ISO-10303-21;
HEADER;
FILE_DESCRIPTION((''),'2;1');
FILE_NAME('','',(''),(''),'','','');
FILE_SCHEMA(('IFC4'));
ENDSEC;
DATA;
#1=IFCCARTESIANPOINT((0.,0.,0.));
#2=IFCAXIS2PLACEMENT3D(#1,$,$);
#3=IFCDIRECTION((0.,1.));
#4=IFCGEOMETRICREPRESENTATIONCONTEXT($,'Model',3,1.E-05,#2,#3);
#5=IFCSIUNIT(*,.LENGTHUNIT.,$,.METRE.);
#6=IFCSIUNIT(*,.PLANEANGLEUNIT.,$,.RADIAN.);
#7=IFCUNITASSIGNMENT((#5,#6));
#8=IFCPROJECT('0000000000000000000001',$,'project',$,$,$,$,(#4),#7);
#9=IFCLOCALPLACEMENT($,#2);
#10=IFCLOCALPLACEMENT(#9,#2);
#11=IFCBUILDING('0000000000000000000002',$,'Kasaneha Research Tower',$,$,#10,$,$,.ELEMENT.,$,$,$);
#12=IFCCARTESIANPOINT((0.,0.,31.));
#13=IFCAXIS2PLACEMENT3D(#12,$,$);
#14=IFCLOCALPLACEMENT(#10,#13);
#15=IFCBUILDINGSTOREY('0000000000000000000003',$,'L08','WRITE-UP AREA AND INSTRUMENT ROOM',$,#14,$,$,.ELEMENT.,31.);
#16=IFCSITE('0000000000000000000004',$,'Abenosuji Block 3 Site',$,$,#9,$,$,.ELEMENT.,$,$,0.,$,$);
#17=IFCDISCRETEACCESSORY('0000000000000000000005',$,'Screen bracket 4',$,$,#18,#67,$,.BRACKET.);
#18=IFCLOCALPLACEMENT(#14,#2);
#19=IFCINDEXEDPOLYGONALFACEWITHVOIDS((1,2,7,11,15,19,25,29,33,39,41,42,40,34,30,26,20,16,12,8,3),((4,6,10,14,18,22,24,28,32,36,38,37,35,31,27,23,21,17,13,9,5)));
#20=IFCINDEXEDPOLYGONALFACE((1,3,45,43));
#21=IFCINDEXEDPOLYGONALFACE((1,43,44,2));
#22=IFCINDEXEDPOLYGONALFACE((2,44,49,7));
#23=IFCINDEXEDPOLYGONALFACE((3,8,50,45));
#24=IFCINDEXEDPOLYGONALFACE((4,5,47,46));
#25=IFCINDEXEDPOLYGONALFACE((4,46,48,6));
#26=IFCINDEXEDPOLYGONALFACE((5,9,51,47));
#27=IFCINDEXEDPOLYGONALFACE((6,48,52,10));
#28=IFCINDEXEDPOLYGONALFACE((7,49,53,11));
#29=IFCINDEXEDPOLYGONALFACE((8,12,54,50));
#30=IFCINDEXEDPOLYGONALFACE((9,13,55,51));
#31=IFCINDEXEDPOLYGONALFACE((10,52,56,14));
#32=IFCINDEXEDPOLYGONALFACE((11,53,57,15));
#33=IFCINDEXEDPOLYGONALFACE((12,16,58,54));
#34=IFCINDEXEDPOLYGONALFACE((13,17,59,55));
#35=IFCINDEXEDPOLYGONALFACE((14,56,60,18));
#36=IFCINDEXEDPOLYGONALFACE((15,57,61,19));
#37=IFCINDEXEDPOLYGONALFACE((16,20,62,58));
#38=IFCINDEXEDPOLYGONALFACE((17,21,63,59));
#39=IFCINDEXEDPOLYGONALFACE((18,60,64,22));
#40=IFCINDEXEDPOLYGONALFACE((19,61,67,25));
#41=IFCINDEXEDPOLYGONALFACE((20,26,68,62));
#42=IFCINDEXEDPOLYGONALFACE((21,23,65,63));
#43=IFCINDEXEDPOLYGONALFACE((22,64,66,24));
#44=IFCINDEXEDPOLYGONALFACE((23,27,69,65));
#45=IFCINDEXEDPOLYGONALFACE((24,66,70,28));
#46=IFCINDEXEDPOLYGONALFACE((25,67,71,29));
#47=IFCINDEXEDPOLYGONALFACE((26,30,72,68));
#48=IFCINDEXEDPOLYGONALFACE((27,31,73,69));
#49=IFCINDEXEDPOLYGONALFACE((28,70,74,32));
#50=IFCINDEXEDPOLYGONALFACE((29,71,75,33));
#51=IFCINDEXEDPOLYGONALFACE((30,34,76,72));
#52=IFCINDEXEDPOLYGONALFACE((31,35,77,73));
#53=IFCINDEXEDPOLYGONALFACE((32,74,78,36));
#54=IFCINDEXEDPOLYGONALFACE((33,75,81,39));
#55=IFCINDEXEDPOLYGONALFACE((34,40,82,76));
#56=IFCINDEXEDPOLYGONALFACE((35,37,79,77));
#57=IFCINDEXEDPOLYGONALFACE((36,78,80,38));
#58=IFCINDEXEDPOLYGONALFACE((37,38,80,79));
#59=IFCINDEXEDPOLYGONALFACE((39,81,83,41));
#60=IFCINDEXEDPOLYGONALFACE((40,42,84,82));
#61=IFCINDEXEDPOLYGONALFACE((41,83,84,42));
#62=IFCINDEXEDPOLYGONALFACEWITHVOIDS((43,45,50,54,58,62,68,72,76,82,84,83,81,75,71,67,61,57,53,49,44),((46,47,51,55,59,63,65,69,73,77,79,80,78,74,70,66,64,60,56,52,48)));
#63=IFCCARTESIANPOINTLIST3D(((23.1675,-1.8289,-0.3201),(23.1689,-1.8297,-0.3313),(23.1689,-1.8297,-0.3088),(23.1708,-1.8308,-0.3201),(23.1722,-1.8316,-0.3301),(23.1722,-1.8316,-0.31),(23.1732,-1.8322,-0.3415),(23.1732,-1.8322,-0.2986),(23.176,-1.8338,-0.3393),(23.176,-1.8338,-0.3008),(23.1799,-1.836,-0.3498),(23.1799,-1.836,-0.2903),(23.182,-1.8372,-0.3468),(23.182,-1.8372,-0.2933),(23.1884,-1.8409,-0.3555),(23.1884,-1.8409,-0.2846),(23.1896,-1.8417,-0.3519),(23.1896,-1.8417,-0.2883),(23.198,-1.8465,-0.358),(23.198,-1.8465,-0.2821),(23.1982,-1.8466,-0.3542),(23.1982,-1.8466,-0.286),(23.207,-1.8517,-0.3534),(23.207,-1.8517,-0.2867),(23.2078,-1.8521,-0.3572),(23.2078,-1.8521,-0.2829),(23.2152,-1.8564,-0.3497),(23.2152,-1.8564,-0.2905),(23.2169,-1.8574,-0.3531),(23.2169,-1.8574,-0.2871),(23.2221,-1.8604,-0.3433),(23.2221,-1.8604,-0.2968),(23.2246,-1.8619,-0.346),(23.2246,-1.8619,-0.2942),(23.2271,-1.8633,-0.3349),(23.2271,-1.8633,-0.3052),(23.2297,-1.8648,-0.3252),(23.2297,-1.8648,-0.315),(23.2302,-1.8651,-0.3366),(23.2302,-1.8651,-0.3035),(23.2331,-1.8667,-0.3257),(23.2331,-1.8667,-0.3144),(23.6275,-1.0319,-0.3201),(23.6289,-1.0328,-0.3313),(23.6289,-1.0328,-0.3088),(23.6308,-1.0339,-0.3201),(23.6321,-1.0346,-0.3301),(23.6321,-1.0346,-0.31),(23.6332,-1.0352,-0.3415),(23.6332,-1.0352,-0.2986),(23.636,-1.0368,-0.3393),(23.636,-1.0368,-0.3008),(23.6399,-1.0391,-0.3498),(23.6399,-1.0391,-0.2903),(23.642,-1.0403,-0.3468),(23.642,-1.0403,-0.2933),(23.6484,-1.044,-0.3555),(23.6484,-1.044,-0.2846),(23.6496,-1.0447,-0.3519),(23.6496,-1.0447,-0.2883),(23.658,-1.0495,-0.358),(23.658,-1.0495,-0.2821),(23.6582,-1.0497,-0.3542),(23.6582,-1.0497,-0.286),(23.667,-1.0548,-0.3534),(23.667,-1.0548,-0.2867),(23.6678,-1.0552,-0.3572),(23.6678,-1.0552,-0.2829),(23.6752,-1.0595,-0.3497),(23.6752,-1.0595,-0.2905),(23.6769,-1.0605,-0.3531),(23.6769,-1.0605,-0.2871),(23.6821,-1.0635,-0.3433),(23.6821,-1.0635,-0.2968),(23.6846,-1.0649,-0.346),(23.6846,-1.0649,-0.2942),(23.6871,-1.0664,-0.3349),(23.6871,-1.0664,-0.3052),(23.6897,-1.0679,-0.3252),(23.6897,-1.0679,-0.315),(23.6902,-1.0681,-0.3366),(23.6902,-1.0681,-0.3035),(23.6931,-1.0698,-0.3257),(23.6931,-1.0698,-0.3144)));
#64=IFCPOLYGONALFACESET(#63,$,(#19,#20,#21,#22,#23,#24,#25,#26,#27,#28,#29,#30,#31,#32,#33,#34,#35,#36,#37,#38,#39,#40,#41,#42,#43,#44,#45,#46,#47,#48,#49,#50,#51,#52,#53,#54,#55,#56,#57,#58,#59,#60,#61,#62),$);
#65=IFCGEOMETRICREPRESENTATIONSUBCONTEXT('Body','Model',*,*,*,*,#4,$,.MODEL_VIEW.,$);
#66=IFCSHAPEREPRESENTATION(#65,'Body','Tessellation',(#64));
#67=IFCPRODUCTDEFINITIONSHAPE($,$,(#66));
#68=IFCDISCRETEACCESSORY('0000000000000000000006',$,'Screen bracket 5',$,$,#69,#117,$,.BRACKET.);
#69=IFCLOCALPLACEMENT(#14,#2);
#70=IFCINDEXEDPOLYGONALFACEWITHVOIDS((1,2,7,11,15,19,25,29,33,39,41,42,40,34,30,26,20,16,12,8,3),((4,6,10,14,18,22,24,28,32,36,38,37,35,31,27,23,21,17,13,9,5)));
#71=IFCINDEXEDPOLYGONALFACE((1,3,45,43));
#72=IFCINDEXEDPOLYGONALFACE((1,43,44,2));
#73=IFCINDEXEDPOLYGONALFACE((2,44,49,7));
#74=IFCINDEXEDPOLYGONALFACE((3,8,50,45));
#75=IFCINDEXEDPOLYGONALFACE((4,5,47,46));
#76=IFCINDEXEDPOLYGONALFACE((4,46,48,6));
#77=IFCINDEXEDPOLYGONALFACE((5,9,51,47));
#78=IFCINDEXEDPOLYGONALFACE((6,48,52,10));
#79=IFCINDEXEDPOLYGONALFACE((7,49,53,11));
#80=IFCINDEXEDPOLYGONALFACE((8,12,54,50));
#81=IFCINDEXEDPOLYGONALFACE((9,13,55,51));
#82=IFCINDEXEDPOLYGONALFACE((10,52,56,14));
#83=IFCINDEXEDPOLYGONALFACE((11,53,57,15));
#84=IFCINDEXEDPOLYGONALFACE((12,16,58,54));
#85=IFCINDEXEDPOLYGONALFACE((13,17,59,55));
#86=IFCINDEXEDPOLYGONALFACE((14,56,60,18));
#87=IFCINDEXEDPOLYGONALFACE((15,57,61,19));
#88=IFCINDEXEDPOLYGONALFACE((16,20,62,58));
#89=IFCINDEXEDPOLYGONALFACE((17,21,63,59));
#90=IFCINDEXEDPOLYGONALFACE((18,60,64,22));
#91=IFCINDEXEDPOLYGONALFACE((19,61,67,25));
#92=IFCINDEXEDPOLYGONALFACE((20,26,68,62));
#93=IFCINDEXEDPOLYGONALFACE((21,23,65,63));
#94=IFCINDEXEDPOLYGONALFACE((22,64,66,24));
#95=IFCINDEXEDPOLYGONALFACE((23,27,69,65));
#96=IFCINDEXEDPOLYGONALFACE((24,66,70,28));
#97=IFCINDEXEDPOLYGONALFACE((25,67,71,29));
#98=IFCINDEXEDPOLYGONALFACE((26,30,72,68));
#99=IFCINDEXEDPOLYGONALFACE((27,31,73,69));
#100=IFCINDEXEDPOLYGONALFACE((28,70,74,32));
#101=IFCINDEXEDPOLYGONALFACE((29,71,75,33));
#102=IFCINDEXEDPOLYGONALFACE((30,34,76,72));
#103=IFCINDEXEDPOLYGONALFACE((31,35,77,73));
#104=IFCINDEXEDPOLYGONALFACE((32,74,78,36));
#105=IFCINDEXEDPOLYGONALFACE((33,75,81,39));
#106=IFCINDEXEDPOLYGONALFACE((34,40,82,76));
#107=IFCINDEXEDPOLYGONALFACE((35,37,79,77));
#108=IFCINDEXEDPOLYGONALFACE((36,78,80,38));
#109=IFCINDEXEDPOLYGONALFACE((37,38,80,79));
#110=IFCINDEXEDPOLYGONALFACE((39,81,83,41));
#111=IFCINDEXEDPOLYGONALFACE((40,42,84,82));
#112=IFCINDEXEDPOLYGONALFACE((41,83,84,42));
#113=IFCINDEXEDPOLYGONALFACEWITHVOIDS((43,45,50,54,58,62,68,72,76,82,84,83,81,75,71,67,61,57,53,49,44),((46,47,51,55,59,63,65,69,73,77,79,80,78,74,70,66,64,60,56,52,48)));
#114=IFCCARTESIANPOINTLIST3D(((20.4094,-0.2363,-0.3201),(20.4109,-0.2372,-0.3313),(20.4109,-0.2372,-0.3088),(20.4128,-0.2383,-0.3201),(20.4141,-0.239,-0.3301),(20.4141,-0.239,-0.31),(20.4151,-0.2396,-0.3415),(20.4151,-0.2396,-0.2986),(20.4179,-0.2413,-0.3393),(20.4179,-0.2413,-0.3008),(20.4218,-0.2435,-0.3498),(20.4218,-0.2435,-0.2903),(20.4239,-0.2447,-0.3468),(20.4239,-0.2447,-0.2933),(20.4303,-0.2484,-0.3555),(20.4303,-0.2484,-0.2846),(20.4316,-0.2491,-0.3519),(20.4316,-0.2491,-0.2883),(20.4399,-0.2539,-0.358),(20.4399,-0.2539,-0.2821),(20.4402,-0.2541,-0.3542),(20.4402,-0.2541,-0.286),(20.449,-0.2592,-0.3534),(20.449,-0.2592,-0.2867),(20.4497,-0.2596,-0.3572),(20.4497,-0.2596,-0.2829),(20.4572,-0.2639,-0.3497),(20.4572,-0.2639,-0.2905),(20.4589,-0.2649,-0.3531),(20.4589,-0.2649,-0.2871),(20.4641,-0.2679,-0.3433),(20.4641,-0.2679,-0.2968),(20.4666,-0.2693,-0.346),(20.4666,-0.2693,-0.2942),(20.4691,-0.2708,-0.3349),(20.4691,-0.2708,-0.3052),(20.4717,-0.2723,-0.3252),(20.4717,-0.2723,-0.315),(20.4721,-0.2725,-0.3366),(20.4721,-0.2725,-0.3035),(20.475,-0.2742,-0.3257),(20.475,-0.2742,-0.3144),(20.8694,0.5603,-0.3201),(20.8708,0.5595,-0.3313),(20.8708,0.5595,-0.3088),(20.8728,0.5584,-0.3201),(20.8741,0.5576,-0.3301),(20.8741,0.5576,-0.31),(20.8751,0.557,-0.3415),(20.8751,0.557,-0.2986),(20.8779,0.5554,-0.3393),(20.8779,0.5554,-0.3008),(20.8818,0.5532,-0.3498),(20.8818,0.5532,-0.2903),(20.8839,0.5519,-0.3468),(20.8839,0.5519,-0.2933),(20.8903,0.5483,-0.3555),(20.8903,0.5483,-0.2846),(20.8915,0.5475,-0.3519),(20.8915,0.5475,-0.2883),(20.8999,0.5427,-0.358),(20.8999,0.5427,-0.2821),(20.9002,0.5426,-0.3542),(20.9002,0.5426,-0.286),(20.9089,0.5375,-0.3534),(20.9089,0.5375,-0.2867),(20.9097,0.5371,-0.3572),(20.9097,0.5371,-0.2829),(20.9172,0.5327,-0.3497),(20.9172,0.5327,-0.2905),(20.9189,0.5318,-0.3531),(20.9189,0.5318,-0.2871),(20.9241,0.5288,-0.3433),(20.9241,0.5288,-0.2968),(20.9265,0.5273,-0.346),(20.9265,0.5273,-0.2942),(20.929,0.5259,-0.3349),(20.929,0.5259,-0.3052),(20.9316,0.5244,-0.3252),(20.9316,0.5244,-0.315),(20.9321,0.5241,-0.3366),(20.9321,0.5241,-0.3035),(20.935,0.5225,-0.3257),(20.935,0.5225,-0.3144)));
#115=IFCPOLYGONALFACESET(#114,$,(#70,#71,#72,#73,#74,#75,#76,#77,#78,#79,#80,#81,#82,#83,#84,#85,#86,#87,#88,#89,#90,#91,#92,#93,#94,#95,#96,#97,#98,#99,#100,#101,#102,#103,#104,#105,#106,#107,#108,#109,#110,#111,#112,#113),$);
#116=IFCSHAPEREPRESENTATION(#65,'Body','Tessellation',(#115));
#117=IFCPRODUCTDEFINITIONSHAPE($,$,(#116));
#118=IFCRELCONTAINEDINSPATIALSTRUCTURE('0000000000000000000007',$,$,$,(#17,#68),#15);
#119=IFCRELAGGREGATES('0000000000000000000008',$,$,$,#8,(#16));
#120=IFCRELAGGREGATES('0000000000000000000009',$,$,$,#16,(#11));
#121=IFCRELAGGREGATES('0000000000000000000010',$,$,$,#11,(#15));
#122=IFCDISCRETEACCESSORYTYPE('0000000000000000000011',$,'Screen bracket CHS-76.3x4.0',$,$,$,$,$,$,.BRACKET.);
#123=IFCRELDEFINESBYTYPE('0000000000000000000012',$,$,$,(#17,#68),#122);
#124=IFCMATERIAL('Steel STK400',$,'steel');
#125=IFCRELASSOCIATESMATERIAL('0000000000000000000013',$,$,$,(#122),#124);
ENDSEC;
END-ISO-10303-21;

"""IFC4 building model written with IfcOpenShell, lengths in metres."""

from ifc_helpers import new_model, si_unit, direction, frame, origin, origin_2d, place, context, subcontext, project, spatial, hollow_circle, extrude, material, material_profile, profile_set, type_object, element, save


model = new_model("IFC4")

# Units and contexts
model_context = context("Model", 3, precision=1e-05, world=origin(), true_north=direction((0.0, 1.0)))
body_context = subcontext(model_context, "Body", "Model", "MODEL_VIEW")
ifc_project = project(units=[si_unit("LENGTHUNIT", "METRE"), si_unit("PLANEANGLEUNIT", "RADIAN")], contexts=[model_context])

# Site, building, storey
site_placement = place(None, origin())
site = spatial("IfcSite", under=ifc_project, at=site_placement, Name="Abenosuji Block 3 Site", CompositionType="ELEMENT", RefElevation=0.0)
building_placement = place(site_placement, origin())
building = spatial("IfcBuilding", under=site, at=building_placement, Name="Kasaneha Research Tower", CompositionType="ELEMENT")
storey_placement = place(building_placement, frame((0.0, 0.0, 31.0)))
storey = spatial("IfcBuildingStorey", under=building, at=storey_placement, Name="L08", Description="WRITE-UP AREA AND INSTRUMENT ROOM", CompositionType="ELEMENT", Elevation=31.0)

# Discrete accessories
ifc_material_1 = material(Name="Steel STK400", Category="steel")
ifc_material_profile_1 = material_profile(ifc_material_1, hollow_circle(Radius=0.0381, WallThickness=0.0039, at=origin_2d()), Name="CHS-76.3x4.0")
ifc_profile_set_1 = profile_set([ifc_material_profile_1], Name="Steel STK400")
discrete_accessory_type = type_object("IfcDiscreteAccessoryType", Name="Screen bracket CHS-76.3x4.0", PredefinedType="BRACKET", material=ifc_profile_set_1)
discrete_accessory_1_placement = place(storey_placement, frame((23.2004, -1.8479, -0.3201), z_axis=(0.499906, 0.86608, 0.0), x_axis=(-0.86608, 0.499906, 0.0)))
element("IfcDiscreteAccessory", 1, at=discrete_accessory_1_placement, inside=storey, type_object=discrete_accessory_type, Name="Screen bracket 4", PredefinedType="BRACKET", context=body_context, shape_type="SweptSolid", body=[
    extrude(hollow_circle(Radius=0.0381, WallThickness=0.0039, at=origin_2d()), origin(), (0.0, 0.0, 1.0), 0.9202),
])
discrete_accessory_2_placement = place(storey_placement, frame((20.4424, -0.2554, -0.3201), z_axis=(0.500021, 0.866013, 0.0), x_axis=(-0.866013, 0.500021, 0.0)))
element("IfcDiscreteAccessory", 2, at=discrete_accessory_2_placement, inside=storey, type_object=discrete_accessory_type, Name="Screen bracket 5", PredefinedType="BRACKET", context=body_context, shape_type="SweptSolid", body=[
    extrude(hollow_circle(Radius=0.0381, WallThickness=0.0039, at=origin_2d()), origin(), (0.0, 0.0, 1.0), 0.9199),
])

save(model, "model.ifc")
